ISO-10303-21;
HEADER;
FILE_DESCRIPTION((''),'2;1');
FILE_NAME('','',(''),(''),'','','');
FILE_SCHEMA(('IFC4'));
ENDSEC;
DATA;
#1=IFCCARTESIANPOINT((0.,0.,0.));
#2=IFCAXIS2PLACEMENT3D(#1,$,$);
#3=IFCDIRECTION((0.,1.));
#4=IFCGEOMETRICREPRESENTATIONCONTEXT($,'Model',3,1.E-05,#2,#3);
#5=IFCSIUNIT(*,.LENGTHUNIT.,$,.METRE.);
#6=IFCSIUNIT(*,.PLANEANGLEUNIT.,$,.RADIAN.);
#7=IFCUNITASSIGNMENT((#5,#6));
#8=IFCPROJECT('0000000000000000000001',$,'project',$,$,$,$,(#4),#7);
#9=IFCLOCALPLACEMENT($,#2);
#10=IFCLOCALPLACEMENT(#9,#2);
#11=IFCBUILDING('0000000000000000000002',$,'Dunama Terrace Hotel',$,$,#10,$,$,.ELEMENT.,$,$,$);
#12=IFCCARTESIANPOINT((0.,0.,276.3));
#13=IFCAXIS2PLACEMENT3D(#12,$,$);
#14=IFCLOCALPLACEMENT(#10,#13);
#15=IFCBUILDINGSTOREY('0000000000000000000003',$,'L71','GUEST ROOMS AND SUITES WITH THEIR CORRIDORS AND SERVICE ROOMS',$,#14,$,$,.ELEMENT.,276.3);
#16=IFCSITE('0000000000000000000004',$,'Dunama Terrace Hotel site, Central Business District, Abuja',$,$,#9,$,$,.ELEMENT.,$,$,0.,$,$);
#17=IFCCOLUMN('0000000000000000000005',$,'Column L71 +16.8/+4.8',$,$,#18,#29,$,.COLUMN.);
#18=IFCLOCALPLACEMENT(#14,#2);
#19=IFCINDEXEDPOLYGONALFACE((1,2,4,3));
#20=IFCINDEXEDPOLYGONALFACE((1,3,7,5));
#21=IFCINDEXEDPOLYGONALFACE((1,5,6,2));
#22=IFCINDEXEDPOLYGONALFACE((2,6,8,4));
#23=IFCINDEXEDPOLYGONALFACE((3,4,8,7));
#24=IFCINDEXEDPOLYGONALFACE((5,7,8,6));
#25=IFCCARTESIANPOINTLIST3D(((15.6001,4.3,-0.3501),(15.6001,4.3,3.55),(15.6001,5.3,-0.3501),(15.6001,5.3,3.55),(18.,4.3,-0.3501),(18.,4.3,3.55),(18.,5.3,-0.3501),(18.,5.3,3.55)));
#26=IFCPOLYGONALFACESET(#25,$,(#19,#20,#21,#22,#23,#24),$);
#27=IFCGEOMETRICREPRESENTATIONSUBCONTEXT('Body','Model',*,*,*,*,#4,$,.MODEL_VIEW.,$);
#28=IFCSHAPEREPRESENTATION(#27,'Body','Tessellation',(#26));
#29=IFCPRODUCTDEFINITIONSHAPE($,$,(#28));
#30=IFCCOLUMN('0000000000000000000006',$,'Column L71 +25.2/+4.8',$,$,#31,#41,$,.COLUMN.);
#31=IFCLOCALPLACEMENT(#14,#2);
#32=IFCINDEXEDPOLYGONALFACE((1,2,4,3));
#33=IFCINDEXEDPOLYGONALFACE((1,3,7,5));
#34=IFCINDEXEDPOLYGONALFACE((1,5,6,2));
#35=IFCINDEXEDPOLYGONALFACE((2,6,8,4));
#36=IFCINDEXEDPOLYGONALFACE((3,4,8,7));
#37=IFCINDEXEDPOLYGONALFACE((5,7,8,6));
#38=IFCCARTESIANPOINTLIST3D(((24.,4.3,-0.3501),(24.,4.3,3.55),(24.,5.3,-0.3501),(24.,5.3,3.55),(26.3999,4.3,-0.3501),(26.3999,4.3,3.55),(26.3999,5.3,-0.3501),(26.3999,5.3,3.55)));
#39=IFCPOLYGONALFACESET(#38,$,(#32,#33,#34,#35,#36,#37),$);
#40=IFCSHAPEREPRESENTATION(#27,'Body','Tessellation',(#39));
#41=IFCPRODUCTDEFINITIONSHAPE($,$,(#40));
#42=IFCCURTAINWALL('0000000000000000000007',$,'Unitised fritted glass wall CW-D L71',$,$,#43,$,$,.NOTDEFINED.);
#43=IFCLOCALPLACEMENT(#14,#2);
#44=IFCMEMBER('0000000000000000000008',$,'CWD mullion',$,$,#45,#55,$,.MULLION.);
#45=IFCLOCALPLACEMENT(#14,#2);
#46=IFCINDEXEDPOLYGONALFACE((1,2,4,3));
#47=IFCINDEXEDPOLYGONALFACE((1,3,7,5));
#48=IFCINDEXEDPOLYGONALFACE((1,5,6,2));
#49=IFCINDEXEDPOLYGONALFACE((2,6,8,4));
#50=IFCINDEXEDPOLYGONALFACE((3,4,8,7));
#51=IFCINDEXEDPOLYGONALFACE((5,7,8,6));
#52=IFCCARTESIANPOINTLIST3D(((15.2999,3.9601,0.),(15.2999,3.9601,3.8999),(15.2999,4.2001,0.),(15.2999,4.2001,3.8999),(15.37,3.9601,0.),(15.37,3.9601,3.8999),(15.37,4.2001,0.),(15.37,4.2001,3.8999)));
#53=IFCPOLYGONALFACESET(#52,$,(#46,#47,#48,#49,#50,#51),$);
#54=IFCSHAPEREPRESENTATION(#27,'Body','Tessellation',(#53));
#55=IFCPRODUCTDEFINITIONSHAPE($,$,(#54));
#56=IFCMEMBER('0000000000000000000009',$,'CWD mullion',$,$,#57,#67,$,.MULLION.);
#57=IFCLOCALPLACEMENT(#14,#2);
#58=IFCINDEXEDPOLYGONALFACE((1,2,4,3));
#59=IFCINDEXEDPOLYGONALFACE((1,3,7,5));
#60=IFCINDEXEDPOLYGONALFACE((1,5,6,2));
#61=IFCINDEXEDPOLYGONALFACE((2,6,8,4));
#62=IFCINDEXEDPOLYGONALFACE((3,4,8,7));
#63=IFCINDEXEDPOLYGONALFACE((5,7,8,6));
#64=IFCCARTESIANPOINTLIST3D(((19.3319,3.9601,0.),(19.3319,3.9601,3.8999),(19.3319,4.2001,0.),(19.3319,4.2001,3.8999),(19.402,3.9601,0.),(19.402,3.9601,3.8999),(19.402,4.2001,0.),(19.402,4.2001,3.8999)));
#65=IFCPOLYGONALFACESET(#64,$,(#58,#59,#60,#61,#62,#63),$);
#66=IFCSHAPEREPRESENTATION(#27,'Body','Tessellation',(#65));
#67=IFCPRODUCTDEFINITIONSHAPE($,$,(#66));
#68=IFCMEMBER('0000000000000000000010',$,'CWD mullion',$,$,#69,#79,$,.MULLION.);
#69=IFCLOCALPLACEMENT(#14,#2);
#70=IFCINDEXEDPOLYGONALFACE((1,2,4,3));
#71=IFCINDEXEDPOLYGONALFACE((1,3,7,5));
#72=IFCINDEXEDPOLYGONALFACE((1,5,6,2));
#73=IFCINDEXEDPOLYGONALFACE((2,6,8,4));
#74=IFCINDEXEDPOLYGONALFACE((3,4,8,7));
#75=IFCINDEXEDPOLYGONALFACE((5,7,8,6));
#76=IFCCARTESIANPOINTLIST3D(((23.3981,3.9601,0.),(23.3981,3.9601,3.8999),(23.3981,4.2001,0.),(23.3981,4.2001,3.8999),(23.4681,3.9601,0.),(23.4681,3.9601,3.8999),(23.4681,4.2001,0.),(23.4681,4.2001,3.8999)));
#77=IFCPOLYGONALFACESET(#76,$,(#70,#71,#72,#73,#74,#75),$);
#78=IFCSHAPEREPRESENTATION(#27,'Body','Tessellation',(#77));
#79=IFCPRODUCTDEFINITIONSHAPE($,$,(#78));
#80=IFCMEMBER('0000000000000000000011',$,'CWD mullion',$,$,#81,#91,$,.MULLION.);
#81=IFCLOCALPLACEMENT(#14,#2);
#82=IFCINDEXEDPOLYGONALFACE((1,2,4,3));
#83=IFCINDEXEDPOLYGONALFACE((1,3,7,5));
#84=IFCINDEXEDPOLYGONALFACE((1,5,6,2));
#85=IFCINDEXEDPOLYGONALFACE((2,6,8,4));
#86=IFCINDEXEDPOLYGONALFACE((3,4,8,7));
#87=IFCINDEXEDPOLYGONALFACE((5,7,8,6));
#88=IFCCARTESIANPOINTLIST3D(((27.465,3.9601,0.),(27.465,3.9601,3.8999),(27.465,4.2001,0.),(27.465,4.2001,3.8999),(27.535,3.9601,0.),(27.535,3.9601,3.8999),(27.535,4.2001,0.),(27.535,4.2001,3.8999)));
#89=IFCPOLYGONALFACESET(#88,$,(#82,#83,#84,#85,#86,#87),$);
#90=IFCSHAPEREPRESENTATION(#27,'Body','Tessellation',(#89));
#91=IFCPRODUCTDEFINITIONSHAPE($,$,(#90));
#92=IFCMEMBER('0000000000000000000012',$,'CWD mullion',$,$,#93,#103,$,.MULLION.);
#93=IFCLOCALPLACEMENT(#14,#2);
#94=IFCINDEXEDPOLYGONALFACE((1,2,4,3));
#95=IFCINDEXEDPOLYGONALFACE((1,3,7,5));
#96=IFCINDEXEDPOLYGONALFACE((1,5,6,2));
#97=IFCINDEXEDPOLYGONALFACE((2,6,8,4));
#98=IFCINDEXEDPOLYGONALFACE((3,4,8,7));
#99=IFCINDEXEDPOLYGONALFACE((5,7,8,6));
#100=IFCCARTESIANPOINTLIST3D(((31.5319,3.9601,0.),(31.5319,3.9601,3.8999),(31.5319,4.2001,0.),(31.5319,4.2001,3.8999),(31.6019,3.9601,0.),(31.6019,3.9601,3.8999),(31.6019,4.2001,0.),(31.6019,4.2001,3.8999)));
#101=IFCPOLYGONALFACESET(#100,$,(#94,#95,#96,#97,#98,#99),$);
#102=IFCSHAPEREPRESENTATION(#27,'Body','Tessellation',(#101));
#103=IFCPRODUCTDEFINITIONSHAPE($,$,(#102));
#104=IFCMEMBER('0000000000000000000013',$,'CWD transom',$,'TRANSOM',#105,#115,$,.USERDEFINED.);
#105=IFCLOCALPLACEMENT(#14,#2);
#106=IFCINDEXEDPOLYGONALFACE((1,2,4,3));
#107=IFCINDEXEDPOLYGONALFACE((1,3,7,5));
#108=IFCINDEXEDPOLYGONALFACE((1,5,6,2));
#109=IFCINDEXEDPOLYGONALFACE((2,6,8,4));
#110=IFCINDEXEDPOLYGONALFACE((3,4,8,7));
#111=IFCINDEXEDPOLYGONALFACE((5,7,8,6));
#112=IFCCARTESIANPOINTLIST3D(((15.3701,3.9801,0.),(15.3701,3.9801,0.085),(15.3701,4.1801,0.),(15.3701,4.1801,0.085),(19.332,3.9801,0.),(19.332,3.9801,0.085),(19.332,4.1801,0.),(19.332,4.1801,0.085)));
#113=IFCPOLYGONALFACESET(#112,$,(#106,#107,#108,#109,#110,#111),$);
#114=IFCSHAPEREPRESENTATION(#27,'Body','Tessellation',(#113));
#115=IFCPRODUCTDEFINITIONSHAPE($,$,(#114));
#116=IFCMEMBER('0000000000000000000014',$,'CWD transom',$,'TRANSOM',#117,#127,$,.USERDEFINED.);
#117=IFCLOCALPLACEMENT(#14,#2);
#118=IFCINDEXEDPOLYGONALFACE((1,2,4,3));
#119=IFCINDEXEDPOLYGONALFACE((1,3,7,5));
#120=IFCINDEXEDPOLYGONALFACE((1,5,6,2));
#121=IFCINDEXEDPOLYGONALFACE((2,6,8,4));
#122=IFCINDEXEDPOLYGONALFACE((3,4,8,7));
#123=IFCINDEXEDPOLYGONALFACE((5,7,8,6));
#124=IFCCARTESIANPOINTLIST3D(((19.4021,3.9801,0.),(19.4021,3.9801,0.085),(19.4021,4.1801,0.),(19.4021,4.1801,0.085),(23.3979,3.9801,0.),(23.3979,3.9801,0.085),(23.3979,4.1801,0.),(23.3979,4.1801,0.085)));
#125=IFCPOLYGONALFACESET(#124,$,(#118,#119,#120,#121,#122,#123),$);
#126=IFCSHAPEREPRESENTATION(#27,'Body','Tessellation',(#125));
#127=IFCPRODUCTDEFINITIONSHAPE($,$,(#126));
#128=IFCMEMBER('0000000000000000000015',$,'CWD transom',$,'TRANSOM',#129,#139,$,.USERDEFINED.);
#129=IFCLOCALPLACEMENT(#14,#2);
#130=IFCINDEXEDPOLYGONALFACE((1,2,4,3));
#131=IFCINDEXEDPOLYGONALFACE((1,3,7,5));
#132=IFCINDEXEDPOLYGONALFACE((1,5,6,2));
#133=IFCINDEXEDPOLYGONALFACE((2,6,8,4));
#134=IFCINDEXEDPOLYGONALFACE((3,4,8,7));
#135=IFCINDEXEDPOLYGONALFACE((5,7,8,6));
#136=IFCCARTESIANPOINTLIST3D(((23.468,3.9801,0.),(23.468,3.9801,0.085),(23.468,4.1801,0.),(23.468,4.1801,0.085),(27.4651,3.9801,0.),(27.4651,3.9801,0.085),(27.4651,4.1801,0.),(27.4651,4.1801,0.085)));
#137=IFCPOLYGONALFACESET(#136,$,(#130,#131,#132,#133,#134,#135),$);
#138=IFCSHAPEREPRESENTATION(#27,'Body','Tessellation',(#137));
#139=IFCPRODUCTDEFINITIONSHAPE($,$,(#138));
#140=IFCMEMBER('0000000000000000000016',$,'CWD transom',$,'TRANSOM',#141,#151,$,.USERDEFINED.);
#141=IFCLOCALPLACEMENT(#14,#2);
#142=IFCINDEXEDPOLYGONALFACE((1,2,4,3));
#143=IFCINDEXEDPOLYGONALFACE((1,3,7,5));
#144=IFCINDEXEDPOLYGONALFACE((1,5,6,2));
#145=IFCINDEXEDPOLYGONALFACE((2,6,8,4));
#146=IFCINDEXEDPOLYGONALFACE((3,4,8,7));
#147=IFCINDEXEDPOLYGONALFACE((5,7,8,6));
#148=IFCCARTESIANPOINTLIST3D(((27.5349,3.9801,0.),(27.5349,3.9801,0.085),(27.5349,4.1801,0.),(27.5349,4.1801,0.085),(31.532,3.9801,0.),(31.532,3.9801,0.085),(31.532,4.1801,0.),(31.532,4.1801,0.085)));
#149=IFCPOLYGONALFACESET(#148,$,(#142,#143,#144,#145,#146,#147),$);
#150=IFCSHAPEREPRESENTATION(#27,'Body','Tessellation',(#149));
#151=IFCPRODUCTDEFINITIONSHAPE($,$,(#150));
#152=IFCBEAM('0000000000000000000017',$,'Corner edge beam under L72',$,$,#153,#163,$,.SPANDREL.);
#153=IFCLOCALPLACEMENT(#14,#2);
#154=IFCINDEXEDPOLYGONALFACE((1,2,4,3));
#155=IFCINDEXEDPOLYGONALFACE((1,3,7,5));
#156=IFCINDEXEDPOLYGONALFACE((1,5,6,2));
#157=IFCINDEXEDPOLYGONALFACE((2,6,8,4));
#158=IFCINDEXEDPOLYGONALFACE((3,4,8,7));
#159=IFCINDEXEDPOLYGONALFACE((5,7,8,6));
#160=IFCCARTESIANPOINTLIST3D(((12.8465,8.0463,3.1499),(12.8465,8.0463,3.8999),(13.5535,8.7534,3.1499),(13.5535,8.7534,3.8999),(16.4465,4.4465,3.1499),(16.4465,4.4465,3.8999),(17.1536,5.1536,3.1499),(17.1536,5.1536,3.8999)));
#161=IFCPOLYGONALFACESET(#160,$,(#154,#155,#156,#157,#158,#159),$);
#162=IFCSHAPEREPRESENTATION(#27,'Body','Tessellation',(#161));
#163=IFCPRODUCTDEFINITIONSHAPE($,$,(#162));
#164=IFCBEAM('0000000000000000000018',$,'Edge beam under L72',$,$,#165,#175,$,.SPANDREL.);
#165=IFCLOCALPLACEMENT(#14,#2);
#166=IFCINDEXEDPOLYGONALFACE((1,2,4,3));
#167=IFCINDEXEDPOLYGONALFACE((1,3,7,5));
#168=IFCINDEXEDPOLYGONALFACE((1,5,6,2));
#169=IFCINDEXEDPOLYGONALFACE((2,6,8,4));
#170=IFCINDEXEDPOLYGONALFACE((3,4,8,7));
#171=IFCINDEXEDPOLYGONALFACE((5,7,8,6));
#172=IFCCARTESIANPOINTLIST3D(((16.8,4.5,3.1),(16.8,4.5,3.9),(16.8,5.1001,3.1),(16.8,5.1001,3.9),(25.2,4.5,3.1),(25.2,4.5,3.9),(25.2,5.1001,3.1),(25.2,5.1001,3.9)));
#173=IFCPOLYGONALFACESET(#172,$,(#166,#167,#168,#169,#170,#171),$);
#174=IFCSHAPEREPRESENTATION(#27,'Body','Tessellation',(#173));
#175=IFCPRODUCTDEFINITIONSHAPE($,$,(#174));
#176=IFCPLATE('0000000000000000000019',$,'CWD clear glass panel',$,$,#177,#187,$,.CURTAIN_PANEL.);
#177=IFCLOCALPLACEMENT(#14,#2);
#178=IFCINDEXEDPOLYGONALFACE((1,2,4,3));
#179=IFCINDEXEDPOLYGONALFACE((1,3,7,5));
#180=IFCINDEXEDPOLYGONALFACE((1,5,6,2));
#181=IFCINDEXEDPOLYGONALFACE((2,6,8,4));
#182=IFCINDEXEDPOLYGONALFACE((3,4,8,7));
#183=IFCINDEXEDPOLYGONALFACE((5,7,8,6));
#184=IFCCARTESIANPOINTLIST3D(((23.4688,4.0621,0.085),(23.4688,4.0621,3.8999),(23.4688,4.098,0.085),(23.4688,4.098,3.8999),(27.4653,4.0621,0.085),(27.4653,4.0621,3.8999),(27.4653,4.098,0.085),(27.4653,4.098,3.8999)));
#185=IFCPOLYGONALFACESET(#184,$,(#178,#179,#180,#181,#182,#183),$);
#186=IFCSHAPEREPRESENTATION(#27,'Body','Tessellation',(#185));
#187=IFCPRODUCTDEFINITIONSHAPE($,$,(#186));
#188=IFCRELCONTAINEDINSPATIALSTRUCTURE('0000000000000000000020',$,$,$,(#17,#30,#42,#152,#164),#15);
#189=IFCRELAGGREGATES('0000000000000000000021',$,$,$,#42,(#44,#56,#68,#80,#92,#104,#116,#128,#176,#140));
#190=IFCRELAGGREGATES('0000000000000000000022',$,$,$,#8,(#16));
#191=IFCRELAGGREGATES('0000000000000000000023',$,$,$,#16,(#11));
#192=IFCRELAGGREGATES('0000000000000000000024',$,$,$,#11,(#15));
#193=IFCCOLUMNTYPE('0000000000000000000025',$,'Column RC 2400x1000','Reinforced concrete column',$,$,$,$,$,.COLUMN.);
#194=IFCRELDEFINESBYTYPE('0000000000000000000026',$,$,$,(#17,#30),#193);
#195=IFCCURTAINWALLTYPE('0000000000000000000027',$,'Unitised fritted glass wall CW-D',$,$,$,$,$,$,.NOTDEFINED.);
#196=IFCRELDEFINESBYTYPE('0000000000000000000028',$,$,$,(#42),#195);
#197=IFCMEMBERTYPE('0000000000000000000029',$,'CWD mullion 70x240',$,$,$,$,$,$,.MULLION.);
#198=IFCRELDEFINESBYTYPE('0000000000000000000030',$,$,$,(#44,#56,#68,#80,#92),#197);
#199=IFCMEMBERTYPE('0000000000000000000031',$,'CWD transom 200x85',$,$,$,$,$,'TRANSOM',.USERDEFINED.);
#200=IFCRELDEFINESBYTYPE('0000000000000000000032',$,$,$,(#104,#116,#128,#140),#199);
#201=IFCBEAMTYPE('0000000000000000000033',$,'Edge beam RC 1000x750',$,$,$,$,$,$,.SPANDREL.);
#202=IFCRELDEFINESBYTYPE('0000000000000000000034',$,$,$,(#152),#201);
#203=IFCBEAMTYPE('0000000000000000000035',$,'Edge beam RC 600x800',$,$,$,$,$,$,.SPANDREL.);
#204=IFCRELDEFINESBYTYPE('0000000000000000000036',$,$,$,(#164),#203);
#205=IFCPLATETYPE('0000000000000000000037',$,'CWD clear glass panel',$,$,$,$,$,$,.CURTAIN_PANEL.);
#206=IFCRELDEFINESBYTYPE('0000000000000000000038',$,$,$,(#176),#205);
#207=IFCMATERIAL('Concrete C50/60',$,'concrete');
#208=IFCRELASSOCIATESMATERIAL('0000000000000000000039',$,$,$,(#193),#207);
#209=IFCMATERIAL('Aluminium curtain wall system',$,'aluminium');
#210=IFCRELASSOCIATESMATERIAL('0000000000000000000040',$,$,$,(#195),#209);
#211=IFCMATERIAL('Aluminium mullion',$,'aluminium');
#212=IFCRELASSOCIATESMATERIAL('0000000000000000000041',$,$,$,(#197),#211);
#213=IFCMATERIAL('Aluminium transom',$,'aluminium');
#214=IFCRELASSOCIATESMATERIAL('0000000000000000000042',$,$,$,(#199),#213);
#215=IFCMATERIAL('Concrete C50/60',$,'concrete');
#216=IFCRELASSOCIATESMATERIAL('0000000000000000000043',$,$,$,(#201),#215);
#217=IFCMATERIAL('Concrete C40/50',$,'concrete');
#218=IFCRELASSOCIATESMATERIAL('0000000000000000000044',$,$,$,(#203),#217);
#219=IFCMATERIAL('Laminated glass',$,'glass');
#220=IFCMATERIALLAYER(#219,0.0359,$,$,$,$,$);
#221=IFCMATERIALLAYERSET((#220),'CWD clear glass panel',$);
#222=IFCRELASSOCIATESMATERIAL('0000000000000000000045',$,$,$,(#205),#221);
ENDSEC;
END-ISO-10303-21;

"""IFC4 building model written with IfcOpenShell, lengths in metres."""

from ifc_helpers import new_model, si_unit, direction, frame, origin, origin_2d, place, context, subcontext, project, spatial, rectangle, extrude, material, layer, layer_set, material_profile, profile_set, type_object, element, aggregate, save


model = new_model("IFC4")

# Units and contexts
model_context = context("Model", 3, precision=1e-05, world=origin(), true_north=direction((0.0, 1.0)))
body_context = subcontext(model_context, "Body", "Model", "MODEL_VIEW")
ifc_project = project(units=[si_unit("LENGTHUNIT", "METRE"), si_unit("PLANEANGLEUNIT", "RADIAN")], contexts=[model_context])

# Site, building, storey
site_placement = place(None, origin())
site = spatial("IfcSite", under=ifc_project, at=site_placement, Name="Dunama Terrace Hotel site, Central Business District, Abuja", CompositionType="ELEMENT", RefElevation=0.0)
building_placement = place(site_placement, origin())
building = spatial("IfcBuilding", under=site, at=building_placement, Name="Dunama Terrace Hotel", CompositionType="ELEMENT")
storey_placement = place(building_placement, frame((0.0, 0.0, 276.3)))
storey = spatial("IfcBuildingStorey", under=building, at=storey_placement, Name="L71", Description="GUEST ROOMS AND SUITES WITH THEIR CORRIDORS AND SERVICE ROOMS", CompositionType="ELEMENT", Elevation=276.3)

# Columns
ifc_material_1 = material(Name="Concrete C50/60", Category="concrete")
ifc_material_profile_1 = material_profile(ifc_material_1, rectangle(XDim=2.3999, YDim=1.0, at=origin_2d()), Name="RC 2400x1000")
ifc_profile_set_1 = profile_set([ifc_material_profile_1], Name="Concrete C50/60")
column_type = type_object("IfcColumnType", Name="Column RC 2400x1000", Description="Reinforced concrete column", PredefinedType="COLUMN", material=ifc_profile_set_1)
for number, where, z_axis, x_axis, name in (
    (1, (16.8, 4.8, -0.3501), (0.0, 0.0, 1.0), (1.0, 0.0, 0.0), "Column L71 +16.8/+4.8"),
    (2, (25.2, 4.8, -0.3501), (0.0, 0.0, 1.0), (1.0, 0.0, 0.0), "Column L71 +25.2/+4.8"),
):
    element("IfcColumn", number, at=place(storey_placement, frame(where, z_axis=z_axis, x_axis=x_axis)), inside=storey, type_object=column_type, Name=name, PredefinedType="COLUMN", context=body_context, shape_type="SweptSolid", body=[
        extrude(rectangle(XDim=2.3999, YDim=1.0, at=origin_2d()), origin(), (0.0, 0.0, 1.0), 3.9001),
    ])

# Curtain wall, members
ifc_material_2 = material(Name="Aluminium curtain wall system", Category="aluminium")
curtain_wall_type = type_object("IfcCurtainWallType", Name="Unitised fritted glass wall CW-D", PredefinedType="NOTDEFINED", material=ifc_material_2)
curtain_wall_placement = place(storey_placement, origin())
curtain_wall = element("IfcCurtainWall", 3, at=curtain_wall_placement, inside=storey, type_object=curtain_wall_type, Name="Unitised fritted glass wall CW-D L71", PredefinedType="NOTDEFINED")
ifc_material_3 = material(Name="Aluminium mullion", Category="aluminium")
ifc_material_profile_2 = material_profile(ifc_material_3, rectangle(XDim=0.0701, YDim=0.24, at=origin_2d()), Name="CWD MULLION 70X240")
ifc_profile_set_2 = profile_set([ifc_material_profile_2], Name="Aluminium mullion")
member_type_1 = type_object("IfcMemberType", Name="CWD mullion 70x240", PredefinedType="MULLION", material=ifc_profile_set_2)
member_1_placement = place(storey_placement, frame((15.335, 4.0801, 0.0), z_axis=(0.0, 0.0, 1.0), x_axis=(1.0, 0.0, 0.0)))
member_1 = element("IfcMember", 4, at=member_1_placement, type_object=member_type_1, Name="CWD mullion", PredefinedType="MULLION", context=body_context, shape_type="SweptSolid", body=[
    extrude(rectangle(XDim=0.0701, YDim=0.24, at=origin_2d()), origin(), (0.0, 0.0, 1.0), 3.8999),
])
member_2_placement = place(storey_placement, frame((19.3669, 4.0801, 0.0), z_axis=(0.0, 0.0, 1.0), x_axis=(1.0, 0.0, 0.0)))
member_2 = element("IfcMember", 5, at=member_2_placement, type_object=member_type_1, Name="CWD mullion", PredefinedType="MULLION", context=body_context, shape_type="SweptSolid", body=[
    extrude(rectangle(XDim=0.0701, YDim=0.24, at=origin_2d()), origin(), (0.0, 0.0, 1.0), 3.8999),
])
member_3_placement = place(storey_placement, frame((23.4331, 4.0801, 0.0), z_axis=(0.0, 0.0, 1.0), x_axis=(1.0, 0.0, 0.0)))
member_3 = element("IfcMember", 6, at=member_3_placement, type_object=member_type_1, Name="CWD mullion", PredefinedType="MULLION", context=body_context, shape_type="SweptSolid", body=[
    extrude(rectangle(XDim=0.0701, YDim=0.24, at=origin_2d()), origin(), (0.0, 0.0, 1.0), 3.8999),
])
member_4_placement = place(storey_placement, frame((27.5, 4.0801, 0.0), z_axis=(0.0, 0.0, 1.0), x_axis=(1.0, 0.0, 0.0)))
member_4 = element("IfcMember", 7, at=member_4_placement, type_object=member_type_1, Name="CWD mullion", PredefinedType="MULLION", context=body_context, shape_type="SweptSolid", body=[
    extrude(rectangle(XDim=0.0701, YDim=0.24, at=origin_2d()), origin(), (0.0, 0.0, 1.0), 3.8999),
])
member_5_placement = place(storey_placement, frame((31.5669, 4.0801, 0.0), z_axis=(0.0, 0.0, 1.0), x_axis=(1.0, 0.0, 0.0)))
member_5 = element("IfcMember", 8, at=member_5_placement, type_object=member_type_1, Name="CWD mullion", PredefinedType="MULLION", context=body_context, shape_type="SweptSolid", body=[
    extrude(rectangle(XDim=0.0701, YDim=0.24, at=origin_2d()), origin(), (0.0, 0.0, 1.0), 3.8999),
])
ifc_material_4 = material(Name="Aluminium transom", Category="aluminium")
ifc_material_profile_3 = material_profile(ifc_material_4, rectangle(XDim=0.2, YDim=0.085, at=origin_2d()), Name="CWD TRANSOM 200X85")
ifc_profile_set_3 = profile_set([ifc_material_profile_3], Name="Aluminium transom")
member_type_2 = type_object("IfcMemberType", Name="CWD transom 200x85", ElementType="TRANSOM", PredefinedType="USERDEFINED", material=ifc_profile_set_3)
member_6_placement = place(storey_placement, frame((15.3701, 4.0801, 0.0425), z_axis=(1.0, 0.0, 0.0), x_axis=(0.0, 1.0, 0.0)))
member_6 = element("IfcMember", 9, at=member_6_placement, type_object=member_type_2, Name="CWD transom", ObjectType="TRANSOM", PredefinedType="USERDEFINED", context=body_context, shape_type="SweptSolid", body=[
    extrude(rectangle(XDim=0.2, YDim=0.085, at=origin_2d()), origin(), (0.0, 0.0, 1.0), 3.9619),
])
member_7_placement = place(storey_placement, frame((19.4021, 4.0801, 0.0425), z_axis=(1.0, 0.0, 0.0), x_axis=(0.0, 1.0, 0.0)))
member_7 = element("IfcMember", 10, at=member_7_placement, type_object=member_type_2, Name="CWD transom", ObjectType="TRANSOM", PredefinedType="USERDEFINED", context=body_context, shape_type="SweptSolid", body=[
    extrude(rectangle(XDim=0.2, YDim=0.085, at=origin_2d()), origin(), (0.0, 0.0, 1.0), 3.9958),
])
member_8_placement = place(storey_placement, frame((23.468, 4.0801, 0.0425), z_axis=(1.0, 0.0, 0.0), x_axis=(0.0, 1.0, 0.0)))
member_8 = element("IfcMember", 11, at=member_8_placement, type_object=member_type_2, Name="CWD transom", ObjectType="TRANSOM", PredefinedType="USERDEFINED", context=body_context, shape_type="SweptSolid", body=[
    extrude(rectangle(XDim=0.2, YDim=0.085, at=origin_2d()), origin(), (0.0, 0.0, 1.0), 3.9971),
])
member_9_placement = place(storey_placement, frame((27.5349, 4.0801, 0.0425), z_axis=(1.0, 0.0, 0.0), x_axis=(0.0, 1.0, 0.0)))
member_9 = element("IfcMember", 12, at=member_9_placement, type_object=member_type_2, Name="CWD transom", ObjectType="TRANSOM", PredefinedType="USERDEFINED", context=body_context, shape_type="SweptSolid", body=[
    extrude(rectangle(XDim=0.2, YDim=0.085, at=origin_2d()), origin(), (0.0, 0.0, 1.0), 3.9971),
])

# Beams
ifc_material_5 = material(Name="Concrete C50/60", Category="concrete")
ifc_material_profile_4 = material_profile(ifc_material_5, rectangle(XDim=1.0, YDim=0.75, at=origin_2d()), Name="RC 1000x750")
ifc_profile_set_4 = profile_set([ifc_material_profile_4], Name="Concrete C50/60")
beam_type_1 = type_object("IfcBeamType", Name="Edge beam RC 1000x750", PredefinedType="SPANDREL", material=ifc_profile_set_4)
beam_1_placement = place(storey_placement, frame((16.8, 4.8, 3.5249), z_axis=(-0.707131, 0.707083, 0.0), x_axis=(-0.707083, -0.707131, 0.0)))
element("IfcBeam", 13, at=beam_1_placement, inside=storey, type_object=beam_type_1, Name="Corner edge beam under L72", PredefinedType="SPANDREL", context=body_context, shape_type="SweptSolid", body=[
    extrude(rectangle(XDim=1.0, YDim=0.75, at=origin_2d()), origin(), (0.0, 0.0, 1.0), 5.0911),
])
ifc_material_6 = material(Name="Concrete C40/50", Category="concrete")
ifc_material_profile_5 = material_profile(ifc_material_6, rectangle(XDim=0.6001, YDim=0.8, at=origin_2d()), Name="RC 600x800")
ifc_profile_set_5 = profile_set([ifc_material_profile_5], Name="Concrete C40/50")
beam_type_2 = type_object("IfcBeamType", Name="Edge beam RC 600x800", PredefinedType="SPANDREL", material=ifc_profile_set_5)
beam_2_placement = place(storey_placement, frame((16.8, 4.8, 3.5), z_axis=(1.0, 0.0, 0.0), x_axis=(0.0, 1.0, 0.0)))
element("IfcBeam", 14, at=beam_2_placement, inside=storey, type_object=beam_type_2, Name="Edge beam under L72", PredefinedType="SPANDREL", context=body_context, shape_type="SweptSolid", body=[
    extrude(rectangle(XDim=0.6001, YDim=0.8, at=origin_2d()), origin(), (0.0, 0.0, 1.0), 8.3999),
])

# Plate
ifc_material_7 = material(Name="Laminated glass", Category="glass")
ifc_layer_1 = layer(ifc_material_7, 0.0359)
ifc_layer_set_1 = layer_set([ifc_layer_1], Name="CWD clear glass panel")
plate_type_1 = type_object("IfcPlateType", Name="CWD clear glass panel", PredefinedType="CURTAIN_PANEL", material=ifc_layer_set_1)
plate_1_placement = place(storey_placement, frame((25.467, 4.0801, 0.085), z_axis=(0.0, 0.0, 1.0), x_axis=(1.0, 0.0, 0.0)))
plate_1 = element("IfcPlate", 15, at=plate_1_placement, type_object=plate_type_1, Name="CWD clear glass panel", PredefinedType="CURTAIN_PANEL", context=body_context, shape_type="SweptSolid", body=[
    extrude(rectangle(XDim=3.9966, YDim=0.0359, at=origin_2d()), origin(), (0.0, 0.0, 1.0), 3.8149),
])
aggregate(curtain_wall, [member_1, member_2, member_3, member_4, member_5, member_6, member_7, member_8, plate_1, member_9])

save(model, "model.ifc")
